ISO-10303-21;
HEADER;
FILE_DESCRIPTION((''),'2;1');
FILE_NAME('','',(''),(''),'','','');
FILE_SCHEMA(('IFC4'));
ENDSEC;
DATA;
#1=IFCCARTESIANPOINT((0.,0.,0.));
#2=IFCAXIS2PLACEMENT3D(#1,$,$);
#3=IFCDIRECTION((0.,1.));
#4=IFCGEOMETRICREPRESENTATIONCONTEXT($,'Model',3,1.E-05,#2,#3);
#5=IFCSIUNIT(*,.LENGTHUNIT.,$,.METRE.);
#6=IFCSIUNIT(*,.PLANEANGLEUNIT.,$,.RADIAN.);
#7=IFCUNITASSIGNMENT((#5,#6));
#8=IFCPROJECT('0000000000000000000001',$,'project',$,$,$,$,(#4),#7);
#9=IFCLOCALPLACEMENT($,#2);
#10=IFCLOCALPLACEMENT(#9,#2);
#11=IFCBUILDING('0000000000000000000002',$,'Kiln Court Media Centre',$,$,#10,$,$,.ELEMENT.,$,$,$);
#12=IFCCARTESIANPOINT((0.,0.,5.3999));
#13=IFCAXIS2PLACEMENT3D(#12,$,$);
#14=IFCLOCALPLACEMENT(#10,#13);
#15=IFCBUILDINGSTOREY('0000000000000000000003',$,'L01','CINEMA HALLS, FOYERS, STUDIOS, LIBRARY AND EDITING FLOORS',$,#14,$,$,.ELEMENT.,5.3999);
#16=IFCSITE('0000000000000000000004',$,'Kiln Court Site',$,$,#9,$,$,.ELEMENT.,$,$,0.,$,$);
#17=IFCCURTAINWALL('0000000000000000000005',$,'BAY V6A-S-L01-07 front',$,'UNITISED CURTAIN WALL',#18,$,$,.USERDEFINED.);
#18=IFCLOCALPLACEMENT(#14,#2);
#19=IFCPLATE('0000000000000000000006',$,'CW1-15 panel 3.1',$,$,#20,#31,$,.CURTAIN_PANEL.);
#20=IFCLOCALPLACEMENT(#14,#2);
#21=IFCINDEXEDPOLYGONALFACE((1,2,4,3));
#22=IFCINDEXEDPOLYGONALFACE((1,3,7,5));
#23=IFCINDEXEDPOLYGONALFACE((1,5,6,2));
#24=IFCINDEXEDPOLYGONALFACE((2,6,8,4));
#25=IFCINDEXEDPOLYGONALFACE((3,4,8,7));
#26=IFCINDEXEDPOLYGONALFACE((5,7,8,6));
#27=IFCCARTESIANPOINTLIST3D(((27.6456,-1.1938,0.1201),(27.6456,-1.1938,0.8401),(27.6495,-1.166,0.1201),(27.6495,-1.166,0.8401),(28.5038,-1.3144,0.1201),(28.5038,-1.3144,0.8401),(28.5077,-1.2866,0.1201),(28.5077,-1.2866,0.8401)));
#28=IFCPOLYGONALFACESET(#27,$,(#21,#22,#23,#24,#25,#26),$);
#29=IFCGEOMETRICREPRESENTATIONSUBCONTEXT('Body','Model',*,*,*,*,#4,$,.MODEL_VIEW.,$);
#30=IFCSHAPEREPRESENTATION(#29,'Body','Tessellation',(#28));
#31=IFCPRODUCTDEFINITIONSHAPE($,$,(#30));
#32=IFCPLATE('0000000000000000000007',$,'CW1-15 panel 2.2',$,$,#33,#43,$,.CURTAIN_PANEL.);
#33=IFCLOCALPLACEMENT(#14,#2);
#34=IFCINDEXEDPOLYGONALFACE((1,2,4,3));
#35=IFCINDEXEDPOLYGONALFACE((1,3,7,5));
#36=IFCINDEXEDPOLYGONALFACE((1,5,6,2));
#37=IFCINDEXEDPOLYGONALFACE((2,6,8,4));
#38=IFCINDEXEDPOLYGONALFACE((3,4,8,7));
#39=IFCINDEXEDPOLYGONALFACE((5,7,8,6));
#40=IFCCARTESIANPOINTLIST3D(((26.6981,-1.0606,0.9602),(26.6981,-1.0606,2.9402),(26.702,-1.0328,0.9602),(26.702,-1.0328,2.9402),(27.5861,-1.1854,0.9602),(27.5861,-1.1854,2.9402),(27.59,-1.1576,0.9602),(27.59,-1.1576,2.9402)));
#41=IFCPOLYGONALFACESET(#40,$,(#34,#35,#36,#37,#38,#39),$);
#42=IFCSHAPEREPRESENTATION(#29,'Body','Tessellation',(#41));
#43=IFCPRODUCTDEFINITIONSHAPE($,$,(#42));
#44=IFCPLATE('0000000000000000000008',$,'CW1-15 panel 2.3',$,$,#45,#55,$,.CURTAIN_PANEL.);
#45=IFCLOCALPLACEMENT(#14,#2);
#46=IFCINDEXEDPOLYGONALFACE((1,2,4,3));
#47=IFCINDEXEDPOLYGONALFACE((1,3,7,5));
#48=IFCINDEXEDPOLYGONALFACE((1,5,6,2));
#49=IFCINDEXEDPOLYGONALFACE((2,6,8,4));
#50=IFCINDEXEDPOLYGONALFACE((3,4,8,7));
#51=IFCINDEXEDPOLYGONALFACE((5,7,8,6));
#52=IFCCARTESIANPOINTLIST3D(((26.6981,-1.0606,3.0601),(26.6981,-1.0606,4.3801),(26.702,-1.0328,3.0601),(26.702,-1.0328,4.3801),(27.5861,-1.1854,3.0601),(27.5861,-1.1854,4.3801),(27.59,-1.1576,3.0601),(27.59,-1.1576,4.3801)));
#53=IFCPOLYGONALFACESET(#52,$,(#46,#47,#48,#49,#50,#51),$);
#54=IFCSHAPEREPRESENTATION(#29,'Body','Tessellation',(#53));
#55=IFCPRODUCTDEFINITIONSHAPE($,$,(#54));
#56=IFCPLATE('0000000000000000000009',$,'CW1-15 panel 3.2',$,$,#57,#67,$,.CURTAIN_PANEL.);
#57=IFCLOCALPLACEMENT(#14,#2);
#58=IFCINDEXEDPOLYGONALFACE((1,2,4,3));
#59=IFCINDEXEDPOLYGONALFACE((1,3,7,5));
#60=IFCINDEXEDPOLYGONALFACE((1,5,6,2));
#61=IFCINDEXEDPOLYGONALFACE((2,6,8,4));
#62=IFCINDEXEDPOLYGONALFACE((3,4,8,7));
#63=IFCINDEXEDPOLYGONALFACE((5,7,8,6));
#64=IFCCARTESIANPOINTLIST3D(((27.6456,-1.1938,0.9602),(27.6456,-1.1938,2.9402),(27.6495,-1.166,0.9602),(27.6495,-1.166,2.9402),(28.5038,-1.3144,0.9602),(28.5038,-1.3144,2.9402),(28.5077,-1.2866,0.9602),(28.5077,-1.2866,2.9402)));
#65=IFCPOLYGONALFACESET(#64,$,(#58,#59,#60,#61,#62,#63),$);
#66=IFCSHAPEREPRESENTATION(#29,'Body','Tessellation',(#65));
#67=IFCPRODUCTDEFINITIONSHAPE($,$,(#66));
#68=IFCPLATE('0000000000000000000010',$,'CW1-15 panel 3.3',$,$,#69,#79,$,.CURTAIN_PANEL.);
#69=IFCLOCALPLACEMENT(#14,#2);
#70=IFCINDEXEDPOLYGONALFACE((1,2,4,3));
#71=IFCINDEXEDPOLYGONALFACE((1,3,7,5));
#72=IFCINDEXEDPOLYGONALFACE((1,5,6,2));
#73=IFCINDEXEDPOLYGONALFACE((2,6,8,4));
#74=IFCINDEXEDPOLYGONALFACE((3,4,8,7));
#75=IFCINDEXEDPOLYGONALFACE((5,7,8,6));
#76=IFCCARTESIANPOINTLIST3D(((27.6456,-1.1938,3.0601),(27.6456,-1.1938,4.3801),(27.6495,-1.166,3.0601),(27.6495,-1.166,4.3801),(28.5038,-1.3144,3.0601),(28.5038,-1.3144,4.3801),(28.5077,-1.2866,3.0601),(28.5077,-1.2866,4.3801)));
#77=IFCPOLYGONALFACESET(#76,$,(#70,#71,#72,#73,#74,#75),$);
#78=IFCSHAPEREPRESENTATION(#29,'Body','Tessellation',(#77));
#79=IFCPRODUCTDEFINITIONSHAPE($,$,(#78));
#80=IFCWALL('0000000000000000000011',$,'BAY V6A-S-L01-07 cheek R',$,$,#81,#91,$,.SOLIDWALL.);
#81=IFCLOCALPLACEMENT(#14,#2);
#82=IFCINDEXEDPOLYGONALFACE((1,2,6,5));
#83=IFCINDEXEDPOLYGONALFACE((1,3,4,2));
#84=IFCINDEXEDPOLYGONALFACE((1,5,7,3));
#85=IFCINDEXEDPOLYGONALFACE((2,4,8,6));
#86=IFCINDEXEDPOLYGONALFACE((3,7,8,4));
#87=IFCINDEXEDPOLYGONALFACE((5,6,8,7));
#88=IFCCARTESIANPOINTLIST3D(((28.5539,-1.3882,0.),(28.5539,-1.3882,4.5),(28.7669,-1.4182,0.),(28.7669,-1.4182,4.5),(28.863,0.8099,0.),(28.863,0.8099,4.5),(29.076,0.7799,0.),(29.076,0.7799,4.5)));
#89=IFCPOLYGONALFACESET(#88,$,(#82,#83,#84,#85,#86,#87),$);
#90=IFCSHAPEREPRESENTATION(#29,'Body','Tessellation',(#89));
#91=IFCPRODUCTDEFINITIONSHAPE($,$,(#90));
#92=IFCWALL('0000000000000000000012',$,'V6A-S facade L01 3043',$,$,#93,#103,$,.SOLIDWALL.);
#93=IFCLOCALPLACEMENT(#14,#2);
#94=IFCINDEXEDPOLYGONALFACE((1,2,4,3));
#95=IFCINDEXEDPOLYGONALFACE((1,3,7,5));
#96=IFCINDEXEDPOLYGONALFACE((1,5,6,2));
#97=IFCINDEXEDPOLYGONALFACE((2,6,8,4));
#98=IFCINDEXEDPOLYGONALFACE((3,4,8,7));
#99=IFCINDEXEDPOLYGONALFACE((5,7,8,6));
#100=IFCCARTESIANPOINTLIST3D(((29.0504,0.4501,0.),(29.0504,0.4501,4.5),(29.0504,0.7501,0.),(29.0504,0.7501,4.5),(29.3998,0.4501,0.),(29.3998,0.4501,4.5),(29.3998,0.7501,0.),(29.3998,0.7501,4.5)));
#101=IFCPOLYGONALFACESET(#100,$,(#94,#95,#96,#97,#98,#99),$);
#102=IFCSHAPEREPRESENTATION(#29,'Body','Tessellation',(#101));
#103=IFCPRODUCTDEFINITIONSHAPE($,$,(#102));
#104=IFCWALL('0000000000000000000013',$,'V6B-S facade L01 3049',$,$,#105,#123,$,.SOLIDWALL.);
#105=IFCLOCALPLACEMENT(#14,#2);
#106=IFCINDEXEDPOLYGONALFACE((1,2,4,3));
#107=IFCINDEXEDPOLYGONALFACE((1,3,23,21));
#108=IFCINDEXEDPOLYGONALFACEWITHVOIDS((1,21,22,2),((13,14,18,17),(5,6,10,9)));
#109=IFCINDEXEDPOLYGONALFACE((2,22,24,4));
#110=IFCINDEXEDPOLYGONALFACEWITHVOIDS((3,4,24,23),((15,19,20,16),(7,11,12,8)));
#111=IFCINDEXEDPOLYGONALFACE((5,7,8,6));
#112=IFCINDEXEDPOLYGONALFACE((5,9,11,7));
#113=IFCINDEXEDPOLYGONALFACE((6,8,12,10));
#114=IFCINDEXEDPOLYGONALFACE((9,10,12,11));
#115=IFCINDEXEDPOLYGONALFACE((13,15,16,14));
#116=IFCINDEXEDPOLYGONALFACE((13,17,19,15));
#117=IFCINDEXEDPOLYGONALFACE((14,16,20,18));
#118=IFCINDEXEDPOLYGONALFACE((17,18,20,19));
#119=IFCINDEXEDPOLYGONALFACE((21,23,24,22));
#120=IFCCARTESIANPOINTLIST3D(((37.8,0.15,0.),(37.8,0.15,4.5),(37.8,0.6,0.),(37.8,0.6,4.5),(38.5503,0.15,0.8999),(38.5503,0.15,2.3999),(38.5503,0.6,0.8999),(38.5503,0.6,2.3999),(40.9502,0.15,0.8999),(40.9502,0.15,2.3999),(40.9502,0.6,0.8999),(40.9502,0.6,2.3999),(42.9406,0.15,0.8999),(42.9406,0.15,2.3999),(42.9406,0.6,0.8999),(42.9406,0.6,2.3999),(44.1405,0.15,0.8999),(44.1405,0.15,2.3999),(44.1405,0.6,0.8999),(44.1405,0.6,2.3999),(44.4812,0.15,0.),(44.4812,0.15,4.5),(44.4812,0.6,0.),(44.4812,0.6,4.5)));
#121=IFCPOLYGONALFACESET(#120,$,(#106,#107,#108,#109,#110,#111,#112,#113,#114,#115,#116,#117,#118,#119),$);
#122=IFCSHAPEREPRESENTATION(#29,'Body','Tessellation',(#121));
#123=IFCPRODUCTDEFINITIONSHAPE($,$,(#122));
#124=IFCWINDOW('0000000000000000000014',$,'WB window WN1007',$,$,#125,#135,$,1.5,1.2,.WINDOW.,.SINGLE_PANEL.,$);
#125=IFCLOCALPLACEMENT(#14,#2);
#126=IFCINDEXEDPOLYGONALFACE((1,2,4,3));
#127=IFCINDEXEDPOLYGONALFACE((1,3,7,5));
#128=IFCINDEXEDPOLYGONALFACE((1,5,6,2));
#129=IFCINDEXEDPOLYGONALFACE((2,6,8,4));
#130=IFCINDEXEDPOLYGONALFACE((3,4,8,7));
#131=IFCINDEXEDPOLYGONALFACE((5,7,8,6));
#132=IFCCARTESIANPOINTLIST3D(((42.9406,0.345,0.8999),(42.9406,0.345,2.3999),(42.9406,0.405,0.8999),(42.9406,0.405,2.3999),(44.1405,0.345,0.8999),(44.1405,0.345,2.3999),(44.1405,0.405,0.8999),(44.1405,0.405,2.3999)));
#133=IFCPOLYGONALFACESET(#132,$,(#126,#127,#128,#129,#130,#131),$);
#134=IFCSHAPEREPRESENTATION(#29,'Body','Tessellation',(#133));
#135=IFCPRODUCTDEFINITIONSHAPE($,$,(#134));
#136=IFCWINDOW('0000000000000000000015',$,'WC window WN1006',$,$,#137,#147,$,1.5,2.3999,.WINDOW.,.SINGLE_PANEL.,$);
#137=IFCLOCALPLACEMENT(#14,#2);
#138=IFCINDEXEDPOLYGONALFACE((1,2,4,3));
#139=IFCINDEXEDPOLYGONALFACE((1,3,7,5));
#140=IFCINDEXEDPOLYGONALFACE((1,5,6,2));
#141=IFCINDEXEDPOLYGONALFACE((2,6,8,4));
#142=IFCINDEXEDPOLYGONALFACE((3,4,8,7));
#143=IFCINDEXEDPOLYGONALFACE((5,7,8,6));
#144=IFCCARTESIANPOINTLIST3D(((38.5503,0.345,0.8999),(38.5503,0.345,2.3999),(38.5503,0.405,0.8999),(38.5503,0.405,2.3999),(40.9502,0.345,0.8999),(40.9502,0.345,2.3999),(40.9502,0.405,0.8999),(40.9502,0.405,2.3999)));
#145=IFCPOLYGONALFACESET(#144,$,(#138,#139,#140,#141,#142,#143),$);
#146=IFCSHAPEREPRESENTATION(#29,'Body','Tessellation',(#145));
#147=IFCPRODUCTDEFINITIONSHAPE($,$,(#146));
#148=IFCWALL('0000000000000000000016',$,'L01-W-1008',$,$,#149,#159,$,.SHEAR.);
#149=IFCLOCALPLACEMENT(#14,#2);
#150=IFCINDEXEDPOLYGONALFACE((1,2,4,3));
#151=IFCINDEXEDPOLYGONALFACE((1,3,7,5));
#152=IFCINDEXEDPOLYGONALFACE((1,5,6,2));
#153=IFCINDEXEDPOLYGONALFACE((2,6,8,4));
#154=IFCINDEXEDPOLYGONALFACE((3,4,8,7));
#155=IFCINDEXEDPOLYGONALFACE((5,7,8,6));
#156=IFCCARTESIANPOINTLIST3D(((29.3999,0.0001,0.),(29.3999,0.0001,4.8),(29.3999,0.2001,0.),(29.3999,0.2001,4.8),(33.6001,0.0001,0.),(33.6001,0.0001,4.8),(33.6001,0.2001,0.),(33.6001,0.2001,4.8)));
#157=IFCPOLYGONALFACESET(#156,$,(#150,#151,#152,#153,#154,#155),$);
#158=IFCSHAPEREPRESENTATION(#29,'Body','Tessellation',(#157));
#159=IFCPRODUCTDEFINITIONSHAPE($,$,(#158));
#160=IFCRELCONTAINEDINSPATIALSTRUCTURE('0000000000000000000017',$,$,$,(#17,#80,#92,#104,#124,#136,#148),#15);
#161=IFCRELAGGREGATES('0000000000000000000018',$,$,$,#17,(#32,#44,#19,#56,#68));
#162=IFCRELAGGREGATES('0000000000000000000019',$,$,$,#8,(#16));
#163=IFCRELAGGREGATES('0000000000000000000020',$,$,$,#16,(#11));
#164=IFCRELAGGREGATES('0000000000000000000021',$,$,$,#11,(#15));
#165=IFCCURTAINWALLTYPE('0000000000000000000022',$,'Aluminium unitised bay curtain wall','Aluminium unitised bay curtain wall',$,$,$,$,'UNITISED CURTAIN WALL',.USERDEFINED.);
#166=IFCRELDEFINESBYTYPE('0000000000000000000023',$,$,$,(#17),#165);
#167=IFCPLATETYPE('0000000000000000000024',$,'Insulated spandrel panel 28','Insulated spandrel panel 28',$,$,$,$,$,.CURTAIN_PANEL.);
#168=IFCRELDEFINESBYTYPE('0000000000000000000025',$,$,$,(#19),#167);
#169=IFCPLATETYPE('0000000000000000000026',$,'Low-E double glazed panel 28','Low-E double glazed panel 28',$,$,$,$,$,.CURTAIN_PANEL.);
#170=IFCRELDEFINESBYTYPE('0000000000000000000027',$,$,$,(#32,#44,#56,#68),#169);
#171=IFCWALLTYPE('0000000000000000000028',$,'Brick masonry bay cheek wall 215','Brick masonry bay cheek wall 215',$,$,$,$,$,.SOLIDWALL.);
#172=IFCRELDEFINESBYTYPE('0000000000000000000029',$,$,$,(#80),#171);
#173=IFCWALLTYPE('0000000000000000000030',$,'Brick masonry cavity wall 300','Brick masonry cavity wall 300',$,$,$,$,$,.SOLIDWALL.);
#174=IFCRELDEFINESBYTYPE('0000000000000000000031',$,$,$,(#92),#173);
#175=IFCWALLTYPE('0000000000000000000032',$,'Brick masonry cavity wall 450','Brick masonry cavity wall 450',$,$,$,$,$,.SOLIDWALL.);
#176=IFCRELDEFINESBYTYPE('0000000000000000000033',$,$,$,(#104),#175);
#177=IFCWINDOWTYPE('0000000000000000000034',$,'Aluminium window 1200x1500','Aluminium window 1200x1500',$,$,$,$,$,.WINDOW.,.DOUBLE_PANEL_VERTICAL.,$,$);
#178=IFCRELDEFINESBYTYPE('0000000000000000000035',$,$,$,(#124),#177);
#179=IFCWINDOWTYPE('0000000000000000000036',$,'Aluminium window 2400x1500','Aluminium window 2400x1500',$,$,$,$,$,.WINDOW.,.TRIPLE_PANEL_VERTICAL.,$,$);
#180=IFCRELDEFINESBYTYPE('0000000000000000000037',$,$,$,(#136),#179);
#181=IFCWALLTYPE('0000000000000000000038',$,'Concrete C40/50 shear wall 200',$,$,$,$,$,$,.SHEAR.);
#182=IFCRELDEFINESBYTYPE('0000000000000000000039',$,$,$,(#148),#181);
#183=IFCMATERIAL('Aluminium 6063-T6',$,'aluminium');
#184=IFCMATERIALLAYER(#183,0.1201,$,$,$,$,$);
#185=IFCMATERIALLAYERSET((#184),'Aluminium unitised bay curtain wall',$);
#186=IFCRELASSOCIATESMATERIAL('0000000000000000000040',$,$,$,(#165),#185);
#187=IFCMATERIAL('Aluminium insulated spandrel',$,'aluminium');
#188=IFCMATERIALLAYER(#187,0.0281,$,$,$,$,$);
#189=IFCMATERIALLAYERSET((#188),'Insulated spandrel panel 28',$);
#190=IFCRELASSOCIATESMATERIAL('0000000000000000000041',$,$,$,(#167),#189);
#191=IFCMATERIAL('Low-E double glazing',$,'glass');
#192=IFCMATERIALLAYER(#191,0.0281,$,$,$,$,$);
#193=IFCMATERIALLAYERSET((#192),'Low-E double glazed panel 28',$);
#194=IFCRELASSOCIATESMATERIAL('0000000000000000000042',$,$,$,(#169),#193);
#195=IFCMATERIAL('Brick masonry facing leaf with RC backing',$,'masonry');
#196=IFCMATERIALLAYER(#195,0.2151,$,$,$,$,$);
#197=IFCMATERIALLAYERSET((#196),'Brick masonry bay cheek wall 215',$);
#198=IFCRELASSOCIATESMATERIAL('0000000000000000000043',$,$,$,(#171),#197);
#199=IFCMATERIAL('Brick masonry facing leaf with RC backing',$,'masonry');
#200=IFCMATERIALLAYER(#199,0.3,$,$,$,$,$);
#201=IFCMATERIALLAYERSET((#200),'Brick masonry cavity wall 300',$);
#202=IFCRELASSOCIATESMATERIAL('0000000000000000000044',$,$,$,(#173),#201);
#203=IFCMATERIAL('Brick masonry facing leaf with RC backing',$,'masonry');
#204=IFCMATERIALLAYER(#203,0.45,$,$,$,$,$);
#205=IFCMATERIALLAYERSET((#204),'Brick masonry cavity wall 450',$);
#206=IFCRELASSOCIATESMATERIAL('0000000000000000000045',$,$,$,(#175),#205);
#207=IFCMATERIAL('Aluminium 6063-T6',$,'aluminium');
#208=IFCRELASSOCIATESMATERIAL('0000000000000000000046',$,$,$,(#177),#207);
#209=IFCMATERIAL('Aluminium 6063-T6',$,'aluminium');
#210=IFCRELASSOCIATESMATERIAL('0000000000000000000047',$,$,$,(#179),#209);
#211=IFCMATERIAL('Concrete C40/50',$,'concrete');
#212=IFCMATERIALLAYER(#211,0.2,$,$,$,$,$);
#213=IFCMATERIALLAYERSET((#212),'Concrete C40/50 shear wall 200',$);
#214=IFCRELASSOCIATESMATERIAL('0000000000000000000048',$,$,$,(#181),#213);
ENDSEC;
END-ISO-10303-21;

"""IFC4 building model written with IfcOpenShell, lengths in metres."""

from ifc_helpers import new_model, si_unit, direction, frame, frame_2d, origin, origin_2d, place, context, subcontext, project, spatial, rectangle, extrude, material, layer, layer_set, type_object, element, fill, aggregate, save


model = new_model("IFC4")

# Units and contexts
model_context = context("Model", 3, precision=1e-05, world=origin(), true_north=direction((0.0, 1.0)))
body_context = subcontext(model_context, "Body", "Model", "MODEL_VIEW")
ifc_project = project(units=[si_unit("LENGTHUNIT", "METRE"), si_unit("PLANEANGLEUNIT", "RADIAN")], contexts=[model_context])

# Site, building, storey
site_placement = place(None, origin())
site = spatial("IfcSite", under=ifc_project, at=site_placement, Name="Kiln Court Site", CompositionType="ELEMENT", RefElevation=0.0)
building_placement = place(site_placement, origin())
building = spatial("IfcBuilding", under=site, at=building_placement, Name="Kiln Court Media Centre", CompositionType="ELEMENT")
storey_placement = place(building_placement, frame((0.0, 0.0, 5.3999)))
storey = spatial("IfcBuildingStorey", under=building, at=storey_placement, Name="L01", Description="CINEMA HALLS, FOYERS, STUDIOS, LIBRARY AND EDITING FLOORS", CompositionType="ELEMENT", Elevation=5.3999)

# Curtain wall
ifc_material_1 = material(Name="Aluminium 6063-T6", Category="aluminium")
ifc_layer_1 = layer(ifc_material_1, 0.1201)
ifc_layer_set_1 = layer_set([ifc_layer_1], Name="Aluminium unitised bay curtain wall")
curtain_wall_type = type_object("IfcCurtainWallType", Name="Aluminium unitised bay curtain wall", Description="Aluminium unitised bay curtain wall", ElementType="UNITISED CURTAIN WALL", PredefinedType="USERDEFINED", material=ifc_layer_set_1)
curtain_wall_placement = place(storey_placement, origin())
curtain_wall = element("IfcCurtainWall", 1, at=curtain_wall_placement, inside=storey, type_object=curtain_wall_type, Name="BAY V6A-S-L01-07 front", ObjectType="UNITISED CURTAIN WALL", PredefinedType="USERDEFINED")

# Plates
ifc_material_2 = material(Name="Aluminium insulated spandrel", Category="aluminium")
ifc_layer_2 = layer(ifc_material_2, 0.0281)
ifc_layer_set_2 = layer_set([ifc_layer_2], Name="Insulated spandrel panel 28")
plate_type_1 = type_object("IfcPlateType", Name="Insulated spandrel panel 28", Description="Insulated spandrel panel 28", PredefinedType="CURTAIN_PANEL", material=ifc_layer_set_2)
plate_1_placement = place(storey_placement, frame((28.0767, -1.2402, 0.1201), z_axis=(0.0, 0.0, 1.0), x_axis=(0.99027, -0.139162, 0.0)))
plate_1 = element("IfcPlate", 2, at=plate_1_placement, type_object=plate_type_1, Name="CW1-15 panel 3.1", PredefinedType="CURTAIN_PANEL", context=body_context, shape_type="SweptSolid", body=[
    extrude(rectangle(XDim=0.8667, YDim=0.0281, at=origin_2d()), origin(), (0.0, 0.0, 1.0), 0.72),
])
ifc_material_3 = material(Name="Low-E double glazing", Category="glass")
ifc_layer_3 = layer(ifc_material_3, 0.0281)
ifc_layer_set_3 = layer_set([ifc_layer_3], Name="Low-E double glazed panel 28")
plate_type_2 = type_object("IfcPlateType", Name="Low-E double glazed panel 28", Description="Low-E double glazed panel 28", PredefinedType="CURTAIN_PANEL", material=ifc_layer_set_3)
plate_2_placement = place(storey_placement, frame((27.144, -1.1091, 0.9602), z_axis=(0.0, 0.0, 1.0), x_axis=(0.99027, -0.139162, 0.0)))
plate_2 = element("IfcPlate", 3, at=plate_2_placement, type_object=plate_type_2, Name="CW1-15 panel 2.2", PredefinedType="CURTAIN_PANEL", context=body_context, shape_type="SweptSolid", body=[
    extrude(rectangle(XDim=0.8967, YDim=0.0281, at=origin_2d()), origin(), (0.0, 0.0, 1.0), 1.98),
])
plate_3_placement = place(storey_placement, frame((27.144, -1.1091, 3.0601), z_axis=(0.0, 0.0, 1.0), x_axis=(0.99027, -0.139162, 0.0)))
plate_3 = element("IfcPlate", 4, at=plate_3_placement, type_object=plate_type_2, Name="CW1-15 panel 2.3", PredefinedType="CURTAIN_PANEL", context=body_context, shape_type="SweptSolid", body=[
    extrude(rectangle(XDim=0.8967, YDim=0.0281, at=origin_2d()), origin(), (0.0, 0.0, 1.0), 1.3201),
])
plate_4_placement = place(storey_placement, frame((28.0767, -1.2402, 0.9602), z_axis=(0.0, 0.0, 1.0), x_axis=(0.99027, -0.139162, 0.0)))
plate_4 = element("IfcPlate", 5, at=plate_4_placement, type_object=plate_type_2, Name="CW1-15 panel 3.2", PredefinedType="CURTAIN_PANEL", context=body_context, shape_type="SweptSolid", body=[
    extrude(rectangle(XDim=0.8667, YDim=0.0281, at=origin_2d()), origin(), (0.0, 0.0, 1.0), 1.98),
])
plate_5_placement = place(storey_placement, frame((28.0767, -1.2402, 3.0601), z_axis=(0.0, 0.0, 1.0), x_axis=(0.99027, -0.139162, 0.0)))
plate_5 = element("IfcPlate", 6, at=plate_5_placement, type_object=plate_type_2, Name="CW1-15 panel 3.3", PredefinedType="CURTAIN_PANEL", context=body_context, shape_type="SweptSolid", body=[
    extrude(rectangle(XDim=0.8667, YDim=0.0281, at=origin_2d()), origin(), (0.0, 0.0, 1.0), 1.3201),
])
aggregate(curtain_wall, [plate_2, plate_3, plate_1, plate_4, plate_5])

# Walls
ifc_material_4 = material(Name="Brick masonry facing leaf with RC backing", Category="masonry")
ifc_layer_4 = layer(ifc_material_4, 0.2151)
ifc_layer_set_4 = layer_set([ifc_layer_4], Name="Brick masonry bay cheek wall 215")
wall_type_1 = type_object("IfcWallType", Name="Brick masonry bay cheek wall 215", Description="Brick masonry bay cheek wall 215", PredefinedType="SOLIDWALL", material=ifc_layer_set_4)
wall_1_placement = place(storey_placement, frame((28.9695, 0.7949, 0.0), z_axis=(0.0, 0.0, 1.0), x_axis=(-0.13925, -0.990257, 0.0)))
element("IfcWall", 7, at=wall_1_placement, inside=storey, type_object=wall_type_1, Name="BAY V6A-S-L01-07 cheek R", PredefinedType="SOLIDWALL", context=body_context, shape_type="SweptSolid", body=[
    extrude(rectangle(XDim=2.2197, YDim=0.2151, at=frame_2d((1.1099, 0.0))), origin(), (0.0, 0.0, 1.0), 4.5),
])
ifc_material_5 = material(Name="Brick masonry facing leaf with RC backing", Category="masonry")
ifc_layer_5 = layer(ifc_material_5, 0.3)
ifc_layer_set_5 = layer_set([ifc_layer_5], Name="Brick masonry cavity wall 300")
wall_type_2 = type_object("IfcWallType", Name="Brick masonry cavity wall 300", Description="Brick masonry cavity wall 300", PredefinedType="SOLIDWALL", material=ifc_layer_set_5)
wall_2_placement = place(storey_placement, frame((29.3999, 0.6001, 0.0), z_axis=(0.0, 0.0, 1.0), x_axis=(-1.0, 0.0, 0.0)))
element("IfcWall", 8, at=wall_2_placement, inside=storey, type_object=wall_type_2, Name="V6A-S facade L01 3043", PredefinedType="SOLIDWALL", context=body_context, shape_type="SweptSolid", body=[
    extrude(rectangle(XDim=0.3494, YDim=0.3, at=frame_2d((0.1748, 0.0))), origin(), (0.0, 0.0, 1.0), 4.5),
])

# Wall, openings, windows
ifc_material_6 = material(Name="Brick masonry facing leaf with RC backing", Category="masonry")
ifc_layer_6 = layer(ifc_material_6, 0.45)
ifc_layer_set_6 = layer_set([ifc_layer_6], Name="Brick masonry cavity wall 450")
wall_type_3 = type_object("IfcWallType", Name="Brick masonry cavity wall 450", Description="Brick masonry cavity wall 450", PredefinedType="SOLIDWALL", material=ifc_layer_set_6)
wall_3_placement = place(storey_placement, frame((44.4812, 0.375, 0.0), z_axis=(0.0, 0.0, 1.0), x_axis=(-1.0, 0.0, 0.0)))
wall_3 = element("IfcWall", 9, at=wall_3_placement, inside=storey, type_object=wall_type_3, Name="V6B-S facade L01 3049", PredefinedType="SOLIDWALL", context=body_context, shape_type="SweptSolid", body=[
    extrude(rectangle(XDim=6.6812, YDim=0.45, at=frame_2d((3.3406, 0.0))), origin(), (0.0, 0.0, 1.0), 4.5),
])
opening_1_placement = place(wall_3_placement, frame((3.531, 0.0, 0.8999)))
opening_1 = element("IfcOpeningElement", 10, at=opening_1_placement, cuts=wall_3, PredefinedType="OPENING", context=body_context, shape_type="SweptSolid", body=[
    extrude(rectangle(XDim=2.3999, YDim=1.5, at=frame_2d((1.2, 0.75))), frame((0.0, 0.2349, 0.0), z_axis=(0.0, -1.0, 0.0), x_axis=(1.0, 0.0, 0.0)), (0.0, 0.0, 1.0), 0.47),
])
opening_2_placement = place(wall_3_placement, frame((0.3406, 0.0, 0.8999)))
opening_2 = element("IfcOpeningElement", 11, at=opening_2_placement, cuts=wall_3, PredefinedType="OPENING", context=body_context, shape_type="SweptSolid", body=[
    extrude(rectangle(XDim=1.2, YDim=1.5, at=frame_2d((0.6001, 0.75))), frame((0.0, 0.2349, 0.0), z_axis=(0.0, -1.0, 0.0), x_axis=(1.0, 0.0, 0.0)), (0.0, 0.0, 1.0), 0.47),
])
ifc_material_7 = material(Name="Aluminium 6063-T6", Category="aluminium")
window_type_1 = type_object("IfcWindowType", Name="Aluminium window 1200x1500", Description="Aluminium window 1200x1500", PartitioningType="DOUBLE_PANEL_VERTICAL", PredefinedType="WINDOW", material=ifc_material_7)
window_1_placement = place(opening_2_placement, origin())
window_1 = element("IfcWindow", 12, at=window_1_placement, inside=storey, type_object=window_type_1, Name="WB window WN1007", OverallHeight=1.5, OverallWidth=1.2, PartitioningType="SINGLE_PANEL", PredefinedType="WINDOW", context=body_context, shape_type="SweptSolid", body=[
    extrude(rectangle(XDim=1.2, YDim=1.5, at=frame_2d((0.6001, 0.75))), frame((0.0, 0.03, 0.0), z_axis=(0.0, -1.0, 0.0), x_axis=(1.0, 0.0, 0.0)), (0.0, 0.0, 1.0), 0.0601),
])
fill(opening_2, window_1)
ifc_material_8 = material(Name="Aluminium 6063-T6", Category="aluminium")
window_type_2 = type_object("IfcWindowType", Name="Aluminium window 2400x1500", Description="Aluminium window 2400x1500", PartitioningType="TRIPLE_PANEL_VERTICAL", PredefinedType="WINDOW", material=ifc_material_8)
window_2_placement = place(opening_1_placement, origin())
window_2 = element("IfcWindow", 13, at=window_2_placement, inside=storey, type_object=window_type_2, Name="WC window WN1006", OverallHeight=1.5, OverallWidth=2.3999, PartitioningType="SINGLE_PANEL", PredefinedType="WINDOW", context=body_context, shape_type="SweptSolid", body=[
    extrude(rectangle(XDim=2.3999, YDim=1.5, at=frame_2d((1.2, 0.75))), frame((0.0, 0.03, 0.0), z_axis=(0.0, -1.0, 0.0), x_axis=(1.0, 0.0, 0.0)), (0.0, 0.0, 1.0), 0.0601),
])
fill(opening_1, window_2)

# Wall
ifc_material_9 = material(Name="Concrete C40/50", Category="concrete")
ifc_layer_7 = layer(ifc_material_9, 0.2)
ifc_layer_set_7 = layer_set([ifc_layer_7], Name="Concrete C40/50 shear wall 200")
wall_type_4 = type_object("IfcWallType", Name="Concrete C40/50 shear wall 200", PredefinedType="SHEAR", material=ifc_layer_set_7)
wall_4_placement = place(storey_placement, frame((33.6001, 0.1001, 0.0), z_axis=(0.0, 0.0, 1.0), x_axis=(-1.0, 0.0, 0.0)))
element("IfcWall", 14, at=wall_4_placement, inside=storey, type_object=wall_type_4, Name="L01-W-1008", PredefinedType="SHEAR", context=body_context, shape_type="SweptSolid", body=[
    extrude(rectangle(XDim=4.2002, YDim=0.2, at=frame_2d((2.1001, 0.0))), origin(), (0.0, 0.0, 1.0), 4.8),
])

save(model, "model.ifc")
